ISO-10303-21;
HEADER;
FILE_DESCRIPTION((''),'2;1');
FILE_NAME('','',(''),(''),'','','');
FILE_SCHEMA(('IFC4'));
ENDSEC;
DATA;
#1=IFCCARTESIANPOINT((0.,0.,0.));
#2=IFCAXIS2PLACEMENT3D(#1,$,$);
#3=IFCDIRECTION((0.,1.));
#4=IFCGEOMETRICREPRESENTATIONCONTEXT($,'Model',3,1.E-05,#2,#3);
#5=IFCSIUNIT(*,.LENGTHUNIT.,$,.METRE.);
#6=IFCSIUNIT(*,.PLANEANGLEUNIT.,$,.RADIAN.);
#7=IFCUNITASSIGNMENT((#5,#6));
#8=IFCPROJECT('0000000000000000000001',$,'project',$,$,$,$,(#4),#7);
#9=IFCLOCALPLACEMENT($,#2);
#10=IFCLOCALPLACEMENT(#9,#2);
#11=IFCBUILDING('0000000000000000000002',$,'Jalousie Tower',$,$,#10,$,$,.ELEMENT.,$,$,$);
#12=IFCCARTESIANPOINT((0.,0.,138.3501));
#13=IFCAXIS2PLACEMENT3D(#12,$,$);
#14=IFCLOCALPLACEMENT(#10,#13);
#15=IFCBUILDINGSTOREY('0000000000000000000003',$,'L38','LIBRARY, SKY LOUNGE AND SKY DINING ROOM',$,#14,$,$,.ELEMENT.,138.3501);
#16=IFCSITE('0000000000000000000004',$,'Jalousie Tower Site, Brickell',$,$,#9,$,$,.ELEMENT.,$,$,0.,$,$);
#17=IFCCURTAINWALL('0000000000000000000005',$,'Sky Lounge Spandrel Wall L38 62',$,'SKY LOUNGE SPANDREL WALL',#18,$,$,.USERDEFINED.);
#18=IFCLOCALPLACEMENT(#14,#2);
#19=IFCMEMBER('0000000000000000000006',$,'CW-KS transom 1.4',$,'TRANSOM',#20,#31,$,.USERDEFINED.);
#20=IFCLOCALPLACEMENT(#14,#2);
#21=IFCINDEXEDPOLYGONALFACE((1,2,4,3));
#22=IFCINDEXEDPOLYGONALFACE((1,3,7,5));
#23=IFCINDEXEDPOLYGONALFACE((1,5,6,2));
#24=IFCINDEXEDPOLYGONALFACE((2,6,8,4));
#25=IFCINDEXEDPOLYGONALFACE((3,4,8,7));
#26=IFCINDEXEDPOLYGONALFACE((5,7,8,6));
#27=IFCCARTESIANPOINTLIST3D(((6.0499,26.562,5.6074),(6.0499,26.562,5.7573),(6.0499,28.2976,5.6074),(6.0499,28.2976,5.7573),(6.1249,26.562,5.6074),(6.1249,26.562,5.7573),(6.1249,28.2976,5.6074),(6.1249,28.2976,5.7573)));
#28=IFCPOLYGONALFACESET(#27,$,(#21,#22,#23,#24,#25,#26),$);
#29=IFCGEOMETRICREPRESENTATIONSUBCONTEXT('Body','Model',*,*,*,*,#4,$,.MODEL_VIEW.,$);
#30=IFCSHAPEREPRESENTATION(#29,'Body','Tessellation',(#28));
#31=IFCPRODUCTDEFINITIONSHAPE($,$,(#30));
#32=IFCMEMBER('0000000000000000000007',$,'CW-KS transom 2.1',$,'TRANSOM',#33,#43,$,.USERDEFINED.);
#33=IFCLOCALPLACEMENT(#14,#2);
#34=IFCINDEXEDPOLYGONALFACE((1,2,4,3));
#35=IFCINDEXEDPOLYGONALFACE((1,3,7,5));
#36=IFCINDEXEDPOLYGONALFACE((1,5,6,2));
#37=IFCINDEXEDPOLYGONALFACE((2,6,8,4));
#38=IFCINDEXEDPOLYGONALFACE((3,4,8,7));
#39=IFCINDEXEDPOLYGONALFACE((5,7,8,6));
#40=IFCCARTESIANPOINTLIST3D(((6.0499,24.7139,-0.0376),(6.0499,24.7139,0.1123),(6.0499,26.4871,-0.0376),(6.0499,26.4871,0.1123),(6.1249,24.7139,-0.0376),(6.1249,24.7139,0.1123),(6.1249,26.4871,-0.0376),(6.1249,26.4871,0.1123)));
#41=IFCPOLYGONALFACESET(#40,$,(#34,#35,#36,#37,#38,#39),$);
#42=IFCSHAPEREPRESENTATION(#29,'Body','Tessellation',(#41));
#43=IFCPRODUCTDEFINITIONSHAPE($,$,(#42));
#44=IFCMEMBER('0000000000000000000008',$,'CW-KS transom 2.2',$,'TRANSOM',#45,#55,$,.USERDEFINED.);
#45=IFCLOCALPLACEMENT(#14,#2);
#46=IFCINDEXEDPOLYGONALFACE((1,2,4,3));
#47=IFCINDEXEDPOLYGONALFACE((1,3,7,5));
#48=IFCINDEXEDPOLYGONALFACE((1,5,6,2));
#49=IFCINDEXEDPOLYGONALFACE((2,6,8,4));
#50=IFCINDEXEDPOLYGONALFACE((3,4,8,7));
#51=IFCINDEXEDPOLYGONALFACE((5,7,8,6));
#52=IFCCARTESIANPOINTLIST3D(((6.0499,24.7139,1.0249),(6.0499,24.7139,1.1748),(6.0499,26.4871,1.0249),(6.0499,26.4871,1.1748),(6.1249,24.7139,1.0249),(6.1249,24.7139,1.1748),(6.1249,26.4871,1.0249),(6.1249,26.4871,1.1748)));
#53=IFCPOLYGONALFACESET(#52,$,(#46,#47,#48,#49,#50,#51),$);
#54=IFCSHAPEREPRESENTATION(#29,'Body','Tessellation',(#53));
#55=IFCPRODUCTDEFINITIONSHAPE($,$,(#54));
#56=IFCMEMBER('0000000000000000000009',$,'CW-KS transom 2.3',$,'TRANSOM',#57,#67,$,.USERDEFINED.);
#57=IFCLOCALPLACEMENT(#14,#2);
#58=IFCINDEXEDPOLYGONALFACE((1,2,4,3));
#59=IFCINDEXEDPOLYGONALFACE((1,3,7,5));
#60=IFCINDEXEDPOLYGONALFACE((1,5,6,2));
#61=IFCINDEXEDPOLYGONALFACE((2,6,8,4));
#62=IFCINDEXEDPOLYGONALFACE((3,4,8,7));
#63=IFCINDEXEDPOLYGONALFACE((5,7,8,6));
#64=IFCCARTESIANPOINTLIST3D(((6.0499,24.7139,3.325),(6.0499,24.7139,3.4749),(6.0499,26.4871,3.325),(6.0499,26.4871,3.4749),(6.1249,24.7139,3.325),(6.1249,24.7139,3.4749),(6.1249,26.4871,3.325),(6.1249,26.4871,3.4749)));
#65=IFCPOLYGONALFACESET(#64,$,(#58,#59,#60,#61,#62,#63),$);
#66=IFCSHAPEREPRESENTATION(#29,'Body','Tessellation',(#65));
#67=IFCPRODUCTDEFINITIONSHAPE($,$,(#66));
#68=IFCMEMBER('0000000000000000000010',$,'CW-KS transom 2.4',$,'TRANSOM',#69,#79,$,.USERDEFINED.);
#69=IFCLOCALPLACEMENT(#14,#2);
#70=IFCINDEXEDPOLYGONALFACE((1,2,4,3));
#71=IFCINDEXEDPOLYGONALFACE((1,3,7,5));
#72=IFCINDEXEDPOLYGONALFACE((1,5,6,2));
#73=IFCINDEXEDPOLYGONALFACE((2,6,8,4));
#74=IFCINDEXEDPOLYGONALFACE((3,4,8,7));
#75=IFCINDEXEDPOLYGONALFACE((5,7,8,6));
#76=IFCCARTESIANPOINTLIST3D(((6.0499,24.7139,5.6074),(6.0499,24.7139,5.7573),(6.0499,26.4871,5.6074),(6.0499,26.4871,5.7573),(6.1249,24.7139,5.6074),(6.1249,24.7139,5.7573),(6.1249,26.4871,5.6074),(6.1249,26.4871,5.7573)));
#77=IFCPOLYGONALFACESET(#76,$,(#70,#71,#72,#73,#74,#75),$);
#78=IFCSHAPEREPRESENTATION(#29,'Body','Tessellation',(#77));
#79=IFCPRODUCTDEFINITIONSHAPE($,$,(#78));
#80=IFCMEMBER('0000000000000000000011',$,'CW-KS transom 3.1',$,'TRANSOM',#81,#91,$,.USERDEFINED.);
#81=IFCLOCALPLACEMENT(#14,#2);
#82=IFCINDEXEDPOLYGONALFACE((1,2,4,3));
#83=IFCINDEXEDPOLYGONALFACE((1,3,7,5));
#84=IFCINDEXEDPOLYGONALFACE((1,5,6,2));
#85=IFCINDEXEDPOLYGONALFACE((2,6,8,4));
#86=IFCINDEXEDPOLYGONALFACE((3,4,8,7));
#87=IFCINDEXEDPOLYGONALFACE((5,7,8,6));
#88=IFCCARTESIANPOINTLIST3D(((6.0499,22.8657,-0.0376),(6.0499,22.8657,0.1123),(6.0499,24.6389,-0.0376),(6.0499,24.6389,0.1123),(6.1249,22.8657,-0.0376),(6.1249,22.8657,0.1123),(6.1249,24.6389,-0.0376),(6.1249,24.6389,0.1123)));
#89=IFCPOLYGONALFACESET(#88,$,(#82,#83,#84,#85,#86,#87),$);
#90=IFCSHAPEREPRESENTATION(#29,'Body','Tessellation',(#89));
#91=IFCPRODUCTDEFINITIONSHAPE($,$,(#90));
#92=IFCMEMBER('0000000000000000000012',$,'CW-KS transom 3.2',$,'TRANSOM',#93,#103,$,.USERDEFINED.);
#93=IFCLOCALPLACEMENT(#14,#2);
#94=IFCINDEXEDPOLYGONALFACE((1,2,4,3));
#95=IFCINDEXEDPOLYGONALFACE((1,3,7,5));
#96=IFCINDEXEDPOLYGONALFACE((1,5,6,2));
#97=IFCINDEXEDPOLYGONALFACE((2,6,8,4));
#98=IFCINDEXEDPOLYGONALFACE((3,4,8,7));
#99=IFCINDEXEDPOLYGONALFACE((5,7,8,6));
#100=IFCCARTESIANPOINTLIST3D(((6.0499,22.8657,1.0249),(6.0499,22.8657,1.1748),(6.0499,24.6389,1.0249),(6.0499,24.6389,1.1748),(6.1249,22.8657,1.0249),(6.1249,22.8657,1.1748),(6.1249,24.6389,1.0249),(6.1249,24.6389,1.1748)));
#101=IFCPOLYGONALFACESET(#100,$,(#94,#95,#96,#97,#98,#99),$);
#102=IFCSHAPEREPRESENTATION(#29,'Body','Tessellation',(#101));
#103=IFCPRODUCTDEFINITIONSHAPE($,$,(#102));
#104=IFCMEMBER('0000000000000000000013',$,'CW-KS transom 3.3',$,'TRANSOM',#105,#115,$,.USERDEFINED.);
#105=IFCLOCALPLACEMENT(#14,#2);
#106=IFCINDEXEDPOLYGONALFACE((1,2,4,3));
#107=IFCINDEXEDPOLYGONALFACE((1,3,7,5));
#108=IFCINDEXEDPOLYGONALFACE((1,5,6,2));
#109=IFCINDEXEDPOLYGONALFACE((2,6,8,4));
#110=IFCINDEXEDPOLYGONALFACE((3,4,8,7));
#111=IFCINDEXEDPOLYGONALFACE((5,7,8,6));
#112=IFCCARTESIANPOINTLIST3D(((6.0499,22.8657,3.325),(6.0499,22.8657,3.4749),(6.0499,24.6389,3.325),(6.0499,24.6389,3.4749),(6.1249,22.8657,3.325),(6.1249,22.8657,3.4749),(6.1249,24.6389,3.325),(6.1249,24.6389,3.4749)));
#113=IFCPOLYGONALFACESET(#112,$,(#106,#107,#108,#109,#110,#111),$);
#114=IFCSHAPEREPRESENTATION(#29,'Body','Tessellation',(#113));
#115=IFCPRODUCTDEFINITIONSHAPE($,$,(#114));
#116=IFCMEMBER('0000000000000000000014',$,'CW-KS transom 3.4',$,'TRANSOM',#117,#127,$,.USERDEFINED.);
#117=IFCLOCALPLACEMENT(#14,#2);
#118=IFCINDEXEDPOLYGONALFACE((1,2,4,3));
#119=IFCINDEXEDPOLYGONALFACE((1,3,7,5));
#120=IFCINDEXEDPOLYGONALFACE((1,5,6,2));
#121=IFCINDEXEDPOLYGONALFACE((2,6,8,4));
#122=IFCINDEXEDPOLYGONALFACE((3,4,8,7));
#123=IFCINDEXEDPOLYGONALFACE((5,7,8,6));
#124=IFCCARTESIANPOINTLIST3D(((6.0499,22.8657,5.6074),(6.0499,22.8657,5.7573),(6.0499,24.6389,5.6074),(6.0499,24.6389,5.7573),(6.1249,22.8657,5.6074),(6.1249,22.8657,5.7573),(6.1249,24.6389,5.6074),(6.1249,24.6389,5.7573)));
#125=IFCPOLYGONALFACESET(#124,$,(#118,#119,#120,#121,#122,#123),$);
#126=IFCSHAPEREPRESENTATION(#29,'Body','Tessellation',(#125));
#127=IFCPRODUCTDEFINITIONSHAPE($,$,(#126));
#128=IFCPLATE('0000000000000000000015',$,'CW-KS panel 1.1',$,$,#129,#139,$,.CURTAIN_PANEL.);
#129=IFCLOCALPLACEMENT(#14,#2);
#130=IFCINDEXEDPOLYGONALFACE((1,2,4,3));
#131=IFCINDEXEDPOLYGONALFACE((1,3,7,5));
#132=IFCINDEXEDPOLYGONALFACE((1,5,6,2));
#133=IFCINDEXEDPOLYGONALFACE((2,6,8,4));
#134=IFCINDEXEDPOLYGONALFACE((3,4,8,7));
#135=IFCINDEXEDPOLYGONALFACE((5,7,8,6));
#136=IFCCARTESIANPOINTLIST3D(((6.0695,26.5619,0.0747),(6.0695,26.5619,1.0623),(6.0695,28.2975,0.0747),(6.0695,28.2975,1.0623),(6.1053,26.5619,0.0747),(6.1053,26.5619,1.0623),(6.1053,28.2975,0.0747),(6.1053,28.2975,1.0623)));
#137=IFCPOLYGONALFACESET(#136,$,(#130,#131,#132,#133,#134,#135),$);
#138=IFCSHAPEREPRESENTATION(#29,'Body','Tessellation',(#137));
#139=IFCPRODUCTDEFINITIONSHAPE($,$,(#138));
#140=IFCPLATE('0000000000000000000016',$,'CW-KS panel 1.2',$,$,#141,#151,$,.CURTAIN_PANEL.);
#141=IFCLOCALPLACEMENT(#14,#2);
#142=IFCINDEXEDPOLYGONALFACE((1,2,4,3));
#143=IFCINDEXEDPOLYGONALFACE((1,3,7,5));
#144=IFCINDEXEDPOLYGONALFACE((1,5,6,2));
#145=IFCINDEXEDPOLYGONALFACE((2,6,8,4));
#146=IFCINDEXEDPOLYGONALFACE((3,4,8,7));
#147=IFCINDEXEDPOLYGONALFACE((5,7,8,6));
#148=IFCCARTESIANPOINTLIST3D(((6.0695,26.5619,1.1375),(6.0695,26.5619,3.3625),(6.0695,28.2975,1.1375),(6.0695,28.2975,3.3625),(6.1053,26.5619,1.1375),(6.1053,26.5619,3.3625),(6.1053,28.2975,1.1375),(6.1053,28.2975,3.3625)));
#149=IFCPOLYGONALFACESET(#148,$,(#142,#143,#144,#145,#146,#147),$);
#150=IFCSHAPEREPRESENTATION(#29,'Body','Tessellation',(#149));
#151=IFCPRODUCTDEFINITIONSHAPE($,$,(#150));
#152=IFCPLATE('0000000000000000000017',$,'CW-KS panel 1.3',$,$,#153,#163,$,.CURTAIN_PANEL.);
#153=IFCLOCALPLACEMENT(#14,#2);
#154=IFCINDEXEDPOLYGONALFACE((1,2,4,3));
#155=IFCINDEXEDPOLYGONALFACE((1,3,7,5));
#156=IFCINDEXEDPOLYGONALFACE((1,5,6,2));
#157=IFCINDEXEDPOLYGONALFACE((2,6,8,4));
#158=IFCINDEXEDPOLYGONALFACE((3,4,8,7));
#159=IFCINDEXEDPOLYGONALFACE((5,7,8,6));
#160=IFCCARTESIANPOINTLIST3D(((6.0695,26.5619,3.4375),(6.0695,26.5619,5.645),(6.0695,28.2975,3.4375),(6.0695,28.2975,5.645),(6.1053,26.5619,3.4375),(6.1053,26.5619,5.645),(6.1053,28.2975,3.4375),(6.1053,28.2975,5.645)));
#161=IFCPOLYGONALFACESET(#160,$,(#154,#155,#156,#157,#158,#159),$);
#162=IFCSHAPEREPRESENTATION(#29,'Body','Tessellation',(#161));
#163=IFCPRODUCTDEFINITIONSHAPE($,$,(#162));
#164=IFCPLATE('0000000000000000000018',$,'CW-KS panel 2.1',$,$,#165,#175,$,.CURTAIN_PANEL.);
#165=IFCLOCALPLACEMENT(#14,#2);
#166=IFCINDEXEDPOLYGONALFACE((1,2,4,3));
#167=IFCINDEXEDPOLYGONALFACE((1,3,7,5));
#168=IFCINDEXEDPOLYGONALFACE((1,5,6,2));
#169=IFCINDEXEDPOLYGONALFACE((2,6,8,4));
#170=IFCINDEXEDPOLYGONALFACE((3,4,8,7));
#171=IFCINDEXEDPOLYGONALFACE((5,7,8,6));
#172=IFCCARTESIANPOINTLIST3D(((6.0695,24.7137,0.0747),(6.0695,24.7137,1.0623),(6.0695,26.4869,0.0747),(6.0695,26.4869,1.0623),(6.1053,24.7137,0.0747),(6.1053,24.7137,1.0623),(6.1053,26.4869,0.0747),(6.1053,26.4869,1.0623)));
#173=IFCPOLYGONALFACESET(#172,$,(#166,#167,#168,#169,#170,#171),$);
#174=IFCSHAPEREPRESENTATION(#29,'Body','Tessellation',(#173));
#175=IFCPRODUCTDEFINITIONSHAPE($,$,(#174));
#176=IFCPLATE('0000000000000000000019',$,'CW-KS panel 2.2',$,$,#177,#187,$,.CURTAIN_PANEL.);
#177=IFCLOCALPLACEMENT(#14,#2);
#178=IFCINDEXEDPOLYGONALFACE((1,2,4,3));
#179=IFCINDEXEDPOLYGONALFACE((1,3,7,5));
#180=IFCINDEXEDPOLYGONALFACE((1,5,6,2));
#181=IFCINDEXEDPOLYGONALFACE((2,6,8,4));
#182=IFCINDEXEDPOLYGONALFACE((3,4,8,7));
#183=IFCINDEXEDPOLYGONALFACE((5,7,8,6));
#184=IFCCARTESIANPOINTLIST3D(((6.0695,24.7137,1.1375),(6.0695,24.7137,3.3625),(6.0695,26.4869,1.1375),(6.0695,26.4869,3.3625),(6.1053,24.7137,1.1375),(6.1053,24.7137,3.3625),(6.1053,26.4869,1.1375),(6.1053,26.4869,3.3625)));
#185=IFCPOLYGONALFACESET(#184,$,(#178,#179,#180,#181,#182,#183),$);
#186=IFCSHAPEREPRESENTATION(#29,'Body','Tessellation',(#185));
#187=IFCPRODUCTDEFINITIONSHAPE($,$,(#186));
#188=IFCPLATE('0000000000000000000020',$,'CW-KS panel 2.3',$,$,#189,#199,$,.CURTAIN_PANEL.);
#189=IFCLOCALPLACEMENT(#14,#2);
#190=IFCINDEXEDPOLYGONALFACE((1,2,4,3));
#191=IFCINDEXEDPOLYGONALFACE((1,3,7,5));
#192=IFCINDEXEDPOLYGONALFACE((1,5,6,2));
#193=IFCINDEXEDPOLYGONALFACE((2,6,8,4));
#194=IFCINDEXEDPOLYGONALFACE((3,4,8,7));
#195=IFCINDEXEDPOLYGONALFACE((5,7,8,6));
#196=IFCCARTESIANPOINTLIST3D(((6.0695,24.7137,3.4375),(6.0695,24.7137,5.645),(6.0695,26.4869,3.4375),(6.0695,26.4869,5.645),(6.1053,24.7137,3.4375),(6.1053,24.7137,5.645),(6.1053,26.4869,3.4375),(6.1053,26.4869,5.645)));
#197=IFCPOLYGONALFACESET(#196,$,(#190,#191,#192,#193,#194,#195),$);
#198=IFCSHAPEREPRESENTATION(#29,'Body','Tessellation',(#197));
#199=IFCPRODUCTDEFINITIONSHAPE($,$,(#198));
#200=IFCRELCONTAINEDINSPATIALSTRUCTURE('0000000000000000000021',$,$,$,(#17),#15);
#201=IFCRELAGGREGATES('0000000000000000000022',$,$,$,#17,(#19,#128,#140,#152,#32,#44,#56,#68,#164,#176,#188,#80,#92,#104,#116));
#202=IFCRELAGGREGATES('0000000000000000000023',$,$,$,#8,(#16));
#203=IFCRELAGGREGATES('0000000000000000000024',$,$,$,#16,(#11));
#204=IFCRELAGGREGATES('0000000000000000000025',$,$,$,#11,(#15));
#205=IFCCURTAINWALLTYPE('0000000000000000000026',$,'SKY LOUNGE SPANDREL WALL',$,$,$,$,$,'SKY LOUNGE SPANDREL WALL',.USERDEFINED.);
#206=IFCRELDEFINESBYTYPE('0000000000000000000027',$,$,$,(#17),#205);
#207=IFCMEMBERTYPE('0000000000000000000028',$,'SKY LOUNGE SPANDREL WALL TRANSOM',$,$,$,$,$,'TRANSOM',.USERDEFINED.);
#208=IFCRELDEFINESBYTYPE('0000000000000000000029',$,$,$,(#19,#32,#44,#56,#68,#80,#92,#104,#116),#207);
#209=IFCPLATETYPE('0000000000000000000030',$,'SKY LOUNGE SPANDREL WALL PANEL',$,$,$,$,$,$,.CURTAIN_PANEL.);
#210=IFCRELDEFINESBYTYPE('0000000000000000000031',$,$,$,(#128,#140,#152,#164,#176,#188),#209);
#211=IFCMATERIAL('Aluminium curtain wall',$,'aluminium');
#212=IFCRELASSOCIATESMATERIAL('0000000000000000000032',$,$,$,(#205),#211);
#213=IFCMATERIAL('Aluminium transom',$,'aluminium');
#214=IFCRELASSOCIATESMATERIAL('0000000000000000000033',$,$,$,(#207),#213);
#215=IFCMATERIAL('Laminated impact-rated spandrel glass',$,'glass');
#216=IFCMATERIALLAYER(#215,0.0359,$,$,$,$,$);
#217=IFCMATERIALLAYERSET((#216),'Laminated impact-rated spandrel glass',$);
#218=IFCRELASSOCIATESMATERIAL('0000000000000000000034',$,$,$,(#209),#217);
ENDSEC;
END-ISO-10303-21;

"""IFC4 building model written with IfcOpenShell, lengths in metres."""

from ifc_helpers import new_model, si_unit, direction, frame, origin, origin_2d, place, context, subcontext, project, spatial, rectangle, extrude, material, layer, layer_set, material_profile, profile_set, type_object, element, aggregate, save


model = new_model("IFC4")

# Units and contexts
model_context = context("Model", 3, precision=1e-05, world=origin(), true_north=direction((0.0, 1.0)))
body_context = subcontext(model_context, "Body", "Model", "MODEL_VIEW")
ifc_project = project(units=[si_unit("LENGTHUNIT", "METRE"), si_unit("PLANEANGLEUNIT", "RADIAN")], contexts=[model_context])

# Site, building, storey
site_placement = place(None, origin())
site = spatial("IfcSite", under=ifc_project, at=site_placement, Name="Jalousie Tower Site, Brickell", CompositionType="ELEMENT", RefElevation=0.0)
building_placement = place(site_placement, origin())
building = spatial("IfcBuilding", under=site, at=building_placement, Name="Jalousie Tower", CompositionType="ELEMENT")
storey_placement = place(building_placement, frame((0.0, 0.0, 138.3501)))
storey = spatial("IfcBuildingStorey", under=building, at=storey_placement, Name="L38", Description="LIBRARY, SKY LOUNGE AND SKY DINING ROOM", CompositionType="ELEMENT", Elevation=138.3501)

# Curtain wall, members, plates
ifc_material_1 = material(Name="Aluminium curtain wall", Category="aluminium")
curtain_wall_type = type_object("IfcCurtainWallType", Name="SKY LOUNGE SPANDREL WALL", ElementType="SKY LOUNGE SPANDREL WALL", PredefinedType="USERDEFINED", material=ifc_material_1)
curtain_wall_placement = place(storey_placement, origin())
curtain_wall = element("IfcCurtainWall", 1, at=curtain_wall_placement, inside=storey, type_object=curtain_wall_type, Name="Sky Lounge Spandrel Wall L38 62", ObjectType="SKY LOUNGE SPANDREL WALL", PredefinedType="USERDEFINED")
ifc_material_2 = material(Name="Aluminium transom", Category="aluminium")
ifc_material_profile_1 = material_profile(ifc_material_2, rectangle(XDim=0.075, YDim=0.1499, at=origin_2d()), Name="TRANSOM 75x150")
ifc_profile_set_1 = profile_set([ifc_material_profile_1], Name="Aluminium transom")
member_type_1 = type_object("IfcMemberType", Name="SKY LOUNGE SPANDREL WALL TRANSOM", ElementType="TRANSOM", PredefinedType="USERDEFINED", material=ifc_profile_set_1)
member_1_placement = place(storey_placement, frame((6.0874, 28.2976, 5.6824), z_axis=(0.0, -1.0, 0.0), x_axis=(1.0, 0.0, 0.0)))
member_1 = element("IfcMember", 2, at=member_1_placement, type_object=member_type_1, Name="CW-KS transom 1.4", ObjectType="TRANSOM", PredefinedType="USERDEFINED", context=body_context, shape_type="SweptSolid", body=[
    extrude(rectangle(XDim=0.075, YDim=0.1499, at=origin_2d()), origin(), (0.0, 0.0, 1.0), 1.7356),
])
member_2_placement = place(storey_placement, frame((6.0874, 26.4871, 0.0374), z_axis=(0.0, -1.0, 0.0), x_axis=(1.0, 0.0, 0.0)))
member_2 = element("IfcMember", 3, at=member_2_placement, type_object=member_type_1, Name="CW-KS transom 2.1", ObjectType="TRANSOM", PredefinedType="USERDEFINED", context=body_context, shape_type="SweptSolid", body=[
    extrude(rectangle(XDim=0.075, YDim=0.1499, at=origin_2d()), origin(), (0.0, 0.0, 1.0), 1.7732),
])
member_3_placement = place(storey_placement, frame((6.0874, 26.4871, 1.0999), z_axis=(0.0, -1.0, 0.0), x_axis=(1.0, 0.0, 0.0)))
member_3 = element("IfcMember", 4, at=member_3_placement, type_object=member_type_1, Name="CW-KS transom 2.2", ObjectType="TRANSOM", PredefinedType="USERDEFINED", context=body_context, shape_type="SweptSolid", body=[
    extrude(rectangle(XDim=0.075, YDim=0.1499, at=origin_2d()), origin(), (0.0, 0.0, 1.0), 1.7732),
])
member_4_placement = place(storey_placement, frame((6.0874, 26.4871, 3.3999), z_axis=(0.0, -1.0, 0.0), x_axis=(1.0, 0.0, 0.0)))
member_4 = element("IfcMember", 5, at=member_4_placement, type_object=member_type_1, Name="CW-KS transom 2.3", ObjectType="TRANSOM", PredefinedType="USERDEFINED", context=body_context, shape_type="SweptSolid", body=[
    extrude(rectangle(XDim=0.075, YDim=0.1499, at=origin_2d()), origin(), (0.0, 0.0, 1.0), 1.7732),
])
member_5_placement = place(storey_placement, frame((6.0874, 26.4871, 5.6824), z_axis=(0.0, -1.0, 0.0), x_axis=(1.0, 0.0, 0.0)))
member_5 = element("IfcMember", 6, at=member_5_placement, type_object=member_type_1, Name="CW-KS transom 2.4", ObjectType="TRANSOM", PredefinedType="USERDEFINED", context=body_context, shape_type="SweptSolid", body=[
    extrude(rectangle(XDim=0.075, YDim=0.1499, at=origin_2d()), origin(), (0.0, 0.0, 1.0), 1.7732),
])
member_6_placement = place(storey_placement, frame((6.0874, 24.6389, 0.0374), z_axis=(0.0, -1.0, 0.0), x_axis=(1.0, 0.0, 0.0)))
member_6 = element("IfcMember", 7, at=member_6_placement, type_object=member_type_1, Name="CW-KS transom 3.1", ObjectType="TRANSOM", PredefinedType="USERDEFINED", context=body_context, shape_type="SweptSolid", body=[
    extrude(rectangle(XDim=0.075, YDim=0.1499, at=origin_2d()), origin(), (0.0, 0.0, 1.0), 1.7732),
])
member_7_placement = place(storey_placement, frame((6.0874, 24.6389, 1.0999), z_axis=(0.0, -1.0, 0.0), x_axis=(1.0, 0.0, 0.0)))
member_7 = element("IfcMember", 8, at=member_7_placement, type_object=member_type_1, Name="CW-KS transom 3.2", ObjectType="TRANSOM", PredefinedType="USERDEFINED", context=body_context, shape_type="SweptSolid", body=[
    extrude(rectangle(XDim=0.075, YDim=0.1499, at=origin_2d()), origin(), (0.0, 0.0, 1.0), 1.7732),
])
member_8_placement = place(storey_placement, frame((6.0874, 24.6389, 3.3999), z_axis=(0.0, -1.0, 0.0), x_axis=(1.0, 0.0, 0.0)))
member_8 = element("IfcMember", 9, at=member_8_placement, type_object=member_type_1, Name="CW-KS transom 3.3", ObjectType="TRANSOM", PredefinedType="USERDEFINED", context=body_context, shape_type="SweptSolid", body=[
    extrude(rectangle(XDim=0.075, YDim=0.1499, at=origin_2d()), origin(), (0.0, 0.0, 1.0), 1.7732),
])
member_9_placement = place(storey_placement, frame((6.0874, 24.6389, 5.6824), z_axis=(0.0, -1.0, 0.0), x_axis=(1.0, 0.0, 0.0)))
member_9 = element("IfcMember", 10, at=member_9_placement, type_object=member_type_1, Name="CW-KS transom 3.4", ObjectType="TRANSOM", PredefinedType="USERDEFINED", context=body_context, shape_type="SweptSolid", body=[
    extrude(rectangle(XDim=0.075, YDim=0.1499, at=origin_2d()), origin(), (0.0, 0.0, 1.0), 1.7732),
])
ifc_material_3 = material(Name="Laminated impact-rated spandrel glass", Category="glass")
ifc_layer = layer(ifc_material_3, 0.0359)
ifc_layer_set = layer_set([ifc_layer], Name="Laminated impact-rated spandrel glass")
plate_type = type_object("IfcPlateType", Name="SKY LOUNGE SPANDREL WALL PANEL", PredefinedType="CURTAIN_PANEL", material=ifc_layer_set)
plate_1_placement = place(storey_placement, frame((6.0874, 27.4297, 0.0747), z_axis=(0.0, 0.0, 1.0), x_axis=(0.0, -1.0, 0.0)))
plate_1 = element("IfcPlate", 11, at=plate_1_placement, type_object=plate_type, Name="CW-KS panel 1.1", PredefinedType="CURTAIN_PANEL", context=body_context, shape_type="SweptSolid", body=[
    extrude(rectangle(XDim=1.7356, YDim=0.0359, at=origin_2d()), origin(), (0.0, 0.0, 1.0), 0.9875),
])
plate_2_placement = place(storey_placement, frame((6.0874, 27.4297, 1.1375), z_axis=(0.0, 0.0, 1.0), x_axis=(0.0, -1.0, 0.0)))
plate_2 = element("IfcPlate", 12, at=plate_2_placement, type_object=plate_type, Name="CW-KS panel 1.2", PredefinedType="CURTAIN_PANEL", context=body_context, shape_type="SweptSolid", body=[
    extrude(rectangle(XDim=1.7356, YDim=0.0359, at=origin_2d()), origin(), (0.0, 0.0, 1.0), 2.2251),
])
plate_3_placement = place(storey_placement, frame((6.0874, 27.4297, 3.4375), z_axis=(0.0, 0.0, 1.0), x_axis=(0.0, -1.0, 0.0)))
plate_3 = element("IfcPlate", 13, at=plate_3_placement, type_object=plate_type, Name="CW-KS panel 1.3", PredefinedType="CURTAIN_PANEL", context=body_context, shape_type="SweptSolid", body=[
    extrude(rectangle(XDim=1.7356, YDim=0.0359, at=origin_2d()), origin(), (0.0, 0.0, 1.0), 2.2075),
])
plate_4_placement = place(storey_placement, frame((6.0874, 25.6003, 0.0747), z_axis=(0.0, 0.0, 1.0), x_axis=(0.0, -1.0, 0.0)))
plate_4 = element("IfcPlate", 14, at=plate_4_placement, type_object=plate_type, Name="CW-KS panel 2.1", PredefinedType="CURTAIN_PANEL", context=body_context, shape_type="SweptSolid", body=[
    extrude(rectangle(XDim=1.7732, YDim=0.0359, at=origin_2d()), origin(), (0.0, 0.0, 1.0), 0.9875),
])
plate_5_placement = place(storey_placement, frame((6.0874, 25.6003, 1.1375), z_axis=(0.0, 0.0, 1.0), x_axis=(0.0, -1.0, 0.0)))
plate_5 = element("IfcPlate", 15, at=plate_5_placement, type_object=plate_type, Name="CW-KS panel 2.2", PredefinedType="CURTAIN_PANEL", context=body_context, shape_type="SweptSolid", body=[
    extrude(rectangle(XDim=1.7732, YDim=0.0359, at=origin_2d()), origin(), (0.0, 0.0, 1.0), 2.2251),
])
plate_6_placement = place(storey_placement, frame((6.0874, 25.6003, 3.4375), z_axis=(0.0, 0.0, 1.0), x_axis=(0.0, -1.0, 0.0)))
plate_6 = element("IfcPlate", 16, at=plate_6_placement, type_object=plate_type, Name="CW-KS panel 2.3", PredefinedType="CURTAIN_PANEL", context=body_context, shape_type="SweptSolid", body=[
    extrude(rectangle(XDim=1.7732, YDim=0.0359, at=origin_2d()), origin(), (0.0, 0.0, 1.0), 2.2075),
])
aggregate(curtain_wall, [member_1, plate_1, plate_2, plate_3, member_2, member_3, member_4, member_5, plate_4, plate_5, plate_6, member_6, member_7, member_8, member_9])

save(model, "model.ifc")
